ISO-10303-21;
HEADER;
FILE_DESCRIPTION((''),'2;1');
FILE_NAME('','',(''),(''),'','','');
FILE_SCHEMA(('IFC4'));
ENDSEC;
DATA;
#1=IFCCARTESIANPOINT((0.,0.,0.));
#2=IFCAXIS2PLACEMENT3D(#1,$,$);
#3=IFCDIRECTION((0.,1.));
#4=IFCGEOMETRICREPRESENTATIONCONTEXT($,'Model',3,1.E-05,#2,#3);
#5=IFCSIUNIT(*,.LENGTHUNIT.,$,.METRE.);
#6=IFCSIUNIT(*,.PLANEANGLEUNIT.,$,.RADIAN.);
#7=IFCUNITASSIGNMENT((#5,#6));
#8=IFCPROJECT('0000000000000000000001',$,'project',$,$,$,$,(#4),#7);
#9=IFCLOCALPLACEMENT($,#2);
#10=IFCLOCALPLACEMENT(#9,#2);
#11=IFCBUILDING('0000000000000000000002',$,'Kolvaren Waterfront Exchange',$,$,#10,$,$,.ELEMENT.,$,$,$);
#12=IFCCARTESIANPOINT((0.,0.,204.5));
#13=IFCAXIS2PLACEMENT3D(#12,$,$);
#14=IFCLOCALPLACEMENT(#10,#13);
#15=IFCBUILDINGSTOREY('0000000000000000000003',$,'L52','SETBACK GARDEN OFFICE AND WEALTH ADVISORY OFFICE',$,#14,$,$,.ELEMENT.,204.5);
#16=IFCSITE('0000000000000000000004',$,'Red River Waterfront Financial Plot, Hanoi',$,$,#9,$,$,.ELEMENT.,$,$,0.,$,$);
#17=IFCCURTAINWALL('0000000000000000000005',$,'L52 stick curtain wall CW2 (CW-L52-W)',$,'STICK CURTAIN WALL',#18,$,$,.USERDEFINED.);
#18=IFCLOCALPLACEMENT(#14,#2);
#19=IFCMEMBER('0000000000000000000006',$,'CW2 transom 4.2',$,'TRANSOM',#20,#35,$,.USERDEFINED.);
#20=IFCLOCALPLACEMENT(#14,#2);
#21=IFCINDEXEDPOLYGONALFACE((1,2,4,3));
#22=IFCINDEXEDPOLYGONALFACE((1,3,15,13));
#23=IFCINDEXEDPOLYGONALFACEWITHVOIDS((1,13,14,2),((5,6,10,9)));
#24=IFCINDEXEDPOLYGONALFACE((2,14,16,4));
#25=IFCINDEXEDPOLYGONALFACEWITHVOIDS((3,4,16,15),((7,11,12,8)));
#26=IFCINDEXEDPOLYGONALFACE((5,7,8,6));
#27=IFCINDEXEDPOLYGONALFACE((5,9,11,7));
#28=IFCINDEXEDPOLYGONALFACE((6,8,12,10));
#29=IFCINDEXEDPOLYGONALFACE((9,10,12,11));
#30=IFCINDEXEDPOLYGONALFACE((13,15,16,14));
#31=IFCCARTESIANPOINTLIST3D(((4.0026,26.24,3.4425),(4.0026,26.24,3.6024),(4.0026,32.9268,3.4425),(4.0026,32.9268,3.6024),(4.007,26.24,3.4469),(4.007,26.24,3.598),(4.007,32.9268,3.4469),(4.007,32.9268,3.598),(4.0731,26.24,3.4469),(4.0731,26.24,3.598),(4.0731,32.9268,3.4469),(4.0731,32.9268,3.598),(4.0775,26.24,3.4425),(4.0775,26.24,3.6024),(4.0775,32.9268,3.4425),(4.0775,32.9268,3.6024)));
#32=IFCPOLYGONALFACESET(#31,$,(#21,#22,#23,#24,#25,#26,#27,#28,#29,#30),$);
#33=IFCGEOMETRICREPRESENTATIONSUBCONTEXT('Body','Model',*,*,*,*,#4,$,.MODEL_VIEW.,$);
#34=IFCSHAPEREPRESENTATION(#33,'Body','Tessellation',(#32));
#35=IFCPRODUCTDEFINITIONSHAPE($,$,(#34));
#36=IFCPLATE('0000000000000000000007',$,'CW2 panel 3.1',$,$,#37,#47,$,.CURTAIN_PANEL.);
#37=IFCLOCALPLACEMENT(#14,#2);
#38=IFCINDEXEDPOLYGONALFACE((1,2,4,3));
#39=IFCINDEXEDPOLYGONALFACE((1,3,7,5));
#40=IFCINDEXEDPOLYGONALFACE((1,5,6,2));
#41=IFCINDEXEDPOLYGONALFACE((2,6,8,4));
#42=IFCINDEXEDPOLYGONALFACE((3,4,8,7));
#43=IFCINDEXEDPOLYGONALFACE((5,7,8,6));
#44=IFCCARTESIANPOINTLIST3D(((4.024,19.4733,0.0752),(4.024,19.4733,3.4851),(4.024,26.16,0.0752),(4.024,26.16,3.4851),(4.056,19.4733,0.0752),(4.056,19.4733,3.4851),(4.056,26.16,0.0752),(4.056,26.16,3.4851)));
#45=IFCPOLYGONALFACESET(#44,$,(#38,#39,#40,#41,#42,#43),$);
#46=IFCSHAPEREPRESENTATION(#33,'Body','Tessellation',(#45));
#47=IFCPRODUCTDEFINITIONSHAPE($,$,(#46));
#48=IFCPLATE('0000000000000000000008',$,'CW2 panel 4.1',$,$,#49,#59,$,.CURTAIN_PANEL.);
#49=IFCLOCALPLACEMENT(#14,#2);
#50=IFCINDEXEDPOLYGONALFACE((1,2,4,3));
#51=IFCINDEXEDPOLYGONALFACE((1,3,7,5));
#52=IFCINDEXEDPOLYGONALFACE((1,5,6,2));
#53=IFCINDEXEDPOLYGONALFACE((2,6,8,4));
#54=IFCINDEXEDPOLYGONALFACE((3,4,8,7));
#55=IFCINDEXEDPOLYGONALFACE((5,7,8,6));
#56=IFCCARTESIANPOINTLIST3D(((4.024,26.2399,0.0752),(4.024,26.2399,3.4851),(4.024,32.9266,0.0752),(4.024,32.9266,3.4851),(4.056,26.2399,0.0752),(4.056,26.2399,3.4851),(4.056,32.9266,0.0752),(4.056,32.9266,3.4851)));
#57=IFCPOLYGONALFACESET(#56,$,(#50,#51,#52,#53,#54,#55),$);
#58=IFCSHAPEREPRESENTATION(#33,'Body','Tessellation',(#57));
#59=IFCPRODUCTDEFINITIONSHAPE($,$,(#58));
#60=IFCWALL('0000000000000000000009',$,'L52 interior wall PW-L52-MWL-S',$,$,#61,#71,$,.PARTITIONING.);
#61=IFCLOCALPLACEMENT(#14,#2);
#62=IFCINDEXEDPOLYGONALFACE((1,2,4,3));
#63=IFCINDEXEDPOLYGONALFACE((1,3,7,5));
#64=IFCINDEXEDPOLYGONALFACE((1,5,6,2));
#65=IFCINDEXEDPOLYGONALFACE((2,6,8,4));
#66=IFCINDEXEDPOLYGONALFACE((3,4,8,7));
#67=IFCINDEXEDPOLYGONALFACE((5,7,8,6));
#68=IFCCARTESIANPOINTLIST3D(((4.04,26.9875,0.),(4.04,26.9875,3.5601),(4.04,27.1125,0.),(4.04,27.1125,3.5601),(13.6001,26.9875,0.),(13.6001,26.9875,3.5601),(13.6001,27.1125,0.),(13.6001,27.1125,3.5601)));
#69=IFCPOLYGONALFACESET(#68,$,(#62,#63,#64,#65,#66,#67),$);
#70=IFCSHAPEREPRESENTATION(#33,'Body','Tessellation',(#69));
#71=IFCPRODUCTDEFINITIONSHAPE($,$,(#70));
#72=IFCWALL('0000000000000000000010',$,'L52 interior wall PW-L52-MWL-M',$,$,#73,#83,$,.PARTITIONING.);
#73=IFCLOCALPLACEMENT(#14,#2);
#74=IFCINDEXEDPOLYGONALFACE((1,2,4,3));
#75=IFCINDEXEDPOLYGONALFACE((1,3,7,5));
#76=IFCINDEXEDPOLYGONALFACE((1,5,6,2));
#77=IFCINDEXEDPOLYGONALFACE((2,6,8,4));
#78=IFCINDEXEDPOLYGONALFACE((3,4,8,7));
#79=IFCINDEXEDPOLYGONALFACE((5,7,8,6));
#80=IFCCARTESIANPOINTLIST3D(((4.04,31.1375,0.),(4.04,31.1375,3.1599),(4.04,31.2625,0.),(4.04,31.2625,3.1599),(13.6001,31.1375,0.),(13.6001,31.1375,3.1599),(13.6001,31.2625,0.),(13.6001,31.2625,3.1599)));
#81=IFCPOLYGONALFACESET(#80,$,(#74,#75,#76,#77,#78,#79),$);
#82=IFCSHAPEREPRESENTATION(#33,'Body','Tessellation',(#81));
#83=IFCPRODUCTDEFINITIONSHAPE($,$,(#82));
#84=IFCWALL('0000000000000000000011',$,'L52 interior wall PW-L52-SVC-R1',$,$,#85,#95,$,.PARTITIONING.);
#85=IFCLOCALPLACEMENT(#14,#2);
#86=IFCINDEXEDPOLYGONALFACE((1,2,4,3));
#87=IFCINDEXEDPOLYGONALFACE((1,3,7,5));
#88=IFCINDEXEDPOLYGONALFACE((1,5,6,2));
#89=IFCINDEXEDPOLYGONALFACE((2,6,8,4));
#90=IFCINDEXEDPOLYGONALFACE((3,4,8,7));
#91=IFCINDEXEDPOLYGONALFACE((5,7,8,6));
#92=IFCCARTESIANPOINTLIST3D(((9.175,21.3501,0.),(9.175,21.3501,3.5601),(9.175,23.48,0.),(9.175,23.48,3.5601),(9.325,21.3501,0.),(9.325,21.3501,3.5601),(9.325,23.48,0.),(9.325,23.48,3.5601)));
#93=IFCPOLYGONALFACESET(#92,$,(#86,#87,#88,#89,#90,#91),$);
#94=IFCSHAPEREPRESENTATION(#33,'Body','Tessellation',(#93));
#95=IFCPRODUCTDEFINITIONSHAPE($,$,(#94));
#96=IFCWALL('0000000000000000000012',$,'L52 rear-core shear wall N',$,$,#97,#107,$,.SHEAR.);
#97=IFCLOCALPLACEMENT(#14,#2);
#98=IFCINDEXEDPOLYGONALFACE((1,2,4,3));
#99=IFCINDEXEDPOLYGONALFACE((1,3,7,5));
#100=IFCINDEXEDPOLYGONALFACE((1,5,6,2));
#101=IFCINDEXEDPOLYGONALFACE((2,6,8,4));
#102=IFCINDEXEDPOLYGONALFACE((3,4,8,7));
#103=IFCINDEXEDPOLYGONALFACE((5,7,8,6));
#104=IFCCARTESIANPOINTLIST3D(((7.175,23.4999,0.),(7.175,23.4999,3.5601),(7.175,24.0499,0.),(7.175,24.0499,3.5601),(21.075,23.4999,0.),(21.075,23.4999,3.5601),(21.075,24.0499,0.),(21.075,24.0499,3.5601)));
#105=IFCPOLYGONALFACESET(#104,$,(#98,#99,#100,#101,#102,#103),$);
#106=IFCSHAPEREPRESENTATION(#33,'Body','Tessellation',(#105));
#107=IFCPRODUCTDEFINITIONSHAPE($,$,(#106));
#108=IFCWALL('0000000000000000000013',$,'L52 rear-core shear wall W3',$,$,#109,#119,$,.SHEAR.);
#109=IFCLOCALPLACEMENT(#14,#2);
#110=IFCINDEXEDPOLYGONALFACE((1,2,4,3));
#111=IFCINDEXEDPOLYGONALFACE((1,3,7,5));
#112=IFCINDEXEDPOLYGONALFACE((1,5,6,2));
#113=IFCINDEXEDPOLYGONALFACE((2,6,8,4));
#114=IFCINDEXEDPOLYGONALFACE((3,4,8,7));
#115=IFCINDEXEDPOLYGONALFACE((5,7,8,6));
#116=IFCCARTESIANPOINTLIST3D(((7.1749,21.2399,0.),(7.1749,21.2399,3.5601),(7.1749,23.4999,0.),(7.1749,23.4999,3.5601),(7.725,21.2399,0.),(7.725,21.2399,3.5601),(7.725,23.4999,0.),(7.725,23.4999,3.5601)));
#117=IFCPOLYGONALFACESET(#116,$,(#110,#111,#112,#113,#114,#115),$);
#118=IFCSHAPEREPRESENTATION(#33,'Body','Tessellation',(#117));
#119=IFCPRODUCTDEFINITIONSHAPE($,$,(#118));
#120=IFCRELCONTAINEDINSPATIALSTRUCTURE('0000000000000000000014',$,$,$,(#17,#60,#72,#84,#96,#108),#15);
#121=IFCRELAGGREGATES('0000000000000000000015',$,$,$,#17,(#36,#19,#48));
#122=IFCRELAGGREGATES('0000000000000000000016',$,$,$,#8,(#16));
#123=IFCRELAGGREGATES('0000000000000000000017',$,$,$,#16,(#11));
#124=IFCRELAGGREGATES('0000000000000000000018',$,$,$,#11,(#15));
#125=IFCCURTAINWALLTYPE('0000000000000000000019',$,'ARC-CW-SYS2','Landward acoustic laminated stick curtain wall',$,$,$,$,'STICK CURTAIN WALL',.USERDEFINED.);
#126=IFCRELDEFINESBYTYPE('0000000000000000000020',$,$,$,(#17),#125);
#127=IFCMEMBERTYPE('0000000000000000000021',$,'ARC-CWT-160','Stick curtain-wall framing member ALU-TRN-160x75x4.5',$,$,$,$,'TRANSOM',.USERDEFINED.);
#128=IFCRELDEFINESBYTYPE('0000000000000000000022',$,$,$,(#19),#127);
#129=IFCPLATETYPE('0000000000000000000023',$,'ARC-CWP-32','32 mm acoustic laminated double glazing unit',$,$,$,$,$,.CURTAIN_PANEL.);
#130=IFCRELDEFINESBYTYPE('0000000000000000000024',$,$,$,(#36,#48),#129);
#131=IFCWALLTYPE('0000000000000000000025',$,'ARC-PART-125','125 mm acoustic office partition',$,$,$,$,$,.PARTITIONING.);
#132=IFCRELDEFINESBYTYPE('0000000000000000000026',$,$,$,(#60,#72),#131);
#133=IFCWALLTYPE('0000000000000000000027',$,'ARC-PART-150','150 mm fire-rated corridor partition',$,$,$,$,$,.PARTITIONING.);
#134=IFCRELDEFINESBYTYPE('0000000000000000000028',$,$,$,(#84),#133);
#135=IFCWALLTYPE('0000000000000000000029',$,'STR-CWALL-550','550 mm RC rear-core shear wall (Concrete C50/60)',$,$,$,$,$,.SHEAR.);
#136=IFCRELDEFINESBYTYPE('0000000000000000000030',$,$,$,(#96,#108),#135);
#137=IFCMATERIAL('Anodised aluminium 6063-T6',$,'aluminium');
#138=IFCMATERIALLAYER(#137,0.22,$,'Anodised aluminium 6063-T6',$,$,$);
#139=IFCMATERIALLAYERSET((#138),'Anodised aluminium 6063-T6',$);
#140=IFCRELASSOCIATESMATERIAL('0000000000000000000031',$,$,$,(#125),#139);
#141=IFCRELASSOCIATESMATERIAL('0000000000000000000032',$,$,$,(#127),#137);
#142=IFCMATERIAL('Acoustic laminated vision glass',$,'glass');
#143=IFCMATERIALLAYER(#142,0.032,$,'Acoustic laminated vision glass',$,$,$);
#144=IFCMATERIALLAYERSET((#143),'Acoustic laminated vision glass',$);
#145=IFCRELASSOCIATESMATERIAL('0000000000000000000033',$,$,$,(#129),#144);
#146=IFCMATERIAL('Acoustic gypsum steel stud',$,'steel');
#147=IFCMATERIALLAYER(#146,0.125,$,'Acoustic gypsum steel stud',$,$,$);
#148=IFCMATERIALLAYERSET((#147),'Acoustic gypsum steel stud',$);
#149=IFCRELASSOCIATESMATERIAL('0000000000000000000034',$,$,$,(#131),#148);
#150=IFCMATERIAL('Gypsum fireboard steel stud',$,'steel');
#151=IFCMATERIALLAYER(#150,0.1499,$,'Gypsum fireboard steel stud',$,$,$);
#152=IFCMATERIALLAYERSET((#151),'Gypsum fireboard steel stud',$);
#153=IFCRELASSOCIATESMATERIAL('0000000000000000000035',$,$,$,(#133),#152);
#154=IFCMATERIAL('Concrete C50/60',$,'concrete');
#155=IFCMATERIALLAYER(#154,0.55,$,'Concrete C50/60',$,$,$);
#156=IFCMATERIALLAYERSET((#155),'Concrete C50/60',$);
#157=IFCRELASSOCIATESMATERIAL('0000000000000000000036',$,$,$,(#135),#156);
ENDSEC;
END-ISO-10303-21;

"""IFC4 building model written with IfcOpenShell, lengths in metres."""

from ifc_helpers import new_model, si_unit, direction, frame, frame_2d, origin, origin_with_axes, origin_2d, place, context, subcontext, project, spatial, rectangle, hollow_rectangle, extrude, source, transform, mapped, material, layer, layer_set, material_profile, profile_set, type_object, element, aggregate, save


model = new_model("IFC4")

# Units and contexts
model_context = context("Model", 3, precision=1e-05, world=origin(), true_north=direction((0.0, 1.0)))
body_context = subcontext(model_context, "Body", "Model", "MODEL_VIEW")
ifc_project = project(units=[si_unit("LENGTHUNIT", "METRE"), si_unit("PLANEANGLEUNIT", "RADIAN")], contexts=[model_context])

# Site, building, storey
site_placement = place(None, origin())
site = spatial("IfcSite", under=ifc_project, at=site_placement, Name="Red River Waterfront Financial Plot, Hanoi", CompositionType="ELEMENT", RefElevation=0.0)
building_placement = place(site_placement, origin())
building = spatial("IfcBuilding", under=site, at=building_placement, Name="Kolvaren Waterfront Exchange", CompositionType="ELEMENT")
storey_placement = place(building_placement, frame((0.0, 0.0, 204.5)))
storey = spatial("IfcBuildingStorey", under=building, at=storey_placement, Name="L52", Description="SETBACK GARDEN OFFICE AND WEALTH ADVISORY OFFICE", CompositionType="ELEMENT", Elevation=204.5)

# Shared definitions
ifc_material_1 = material(Name="Concrete C50/60", Category="concrete")

# Curtain wall, member, plates
ifc_material_2 = material(Name="Anodised aluminium 6063-T6", Category="aluminium")
ifc_layer_1 = layer(ifc_material_2, 0.22, Name="Anodised aluminium 6063-T6")
ifc_layer_set_1 = layer_set([ifc_layer_1], Name="Anodised aluminium 6063-T6")
curtain_wall_type = type_object("IfcCurtainWallType", Name="ARC-CW-SYS2", Description="Landward acoustic laminated stick curtain wall", ElementType="STICK CURTAIN WALL", PredefinedType="USERDEFINED", material=ifc_layer_set_1)
curtain_wall_placement = place(storey_placement, origin())
curtain_wall = element("IfcCurtainWall", 1, at=curtain_wall_placement, inside=storey, type_object=curtain_wall_type, Name="L52 stick curtain wall CW2 (CW-L52-W)", ObjectType="STICK CURTAIN WALL", PredefinedType="USERDEFINED")
ifc_material_profile_1 = material_profile(ifc_material_2, hollow_rectangle(XDim=0.075, YDim=0.1599, WallThickness=0.0044, at=origin_2d()), Name="ALU-TRN-160x75x4.5")
ifc_profile_set_1 = profile_set([ifc_material_profile_1], Name="Anodised aluminium 6063-T6")
member_type_1 = type_object("IfcMemberType", Name="ARC-CWT-160", Description="Stick curtain-wall framing member ALU-TRN-160x75x4.5", ElementType="TRANSOM", PredefinedType="USERDEFINED", material=ifc_profile_set_1)
shared_shape_1 = source(origin_with_axes(), body_context, "Body", "SweptSolid", [
    extrude(hollow_rectangle(XDim=0.075, YDim=0.1599, WallThickness=0.0044, at=origin_2d()), origin(), (0.0, 0.0, 1.0), 6.6868),
])
member_1_placement = place(storey_placement, frame((4.04, 26.24, 3.5225), z_axis=(0.0, 1.0, 0.0), x_axis=(-1.0, 0.0, 0.0)))
member_1 = element("IfcMember", 2, at=member_1_placement, type_object=member_type_1, Name="CW2 transom 4.2", ObjectType="TRANSOM", PredefinedType="USERDEFINED", context=body_context, shape_type="MappedRepresentation", body=[
    mapped(shared_shape_1, transform((0.0, 0.0, 0.0), x_axis=(1.0, 0.0, 0.0), y_axis=(0.0, 1.0, 0.0), z_axis=(0.0, 0.0, 1.0), scale=1.0)),
])
ifc_material_3 = material(Name="Acoustic laminated vision glass", Category="glass")
ifc_layer_2 = layer(ifc_material_3, 0.032, Name="Acoustic laminated vision glass")
ifc_layer_set_2 = layer_set([ifc_layer_2], Name="Acoustic laminated vision glass")
plate_type = type_object("IfcPlateType", Name="ARC-CWP-32", Description="32 mm acoustic laminated double glazing unit", PredefinedType="CURTAIN_PANEL", material=ifc_layer_set_2)
shared_shape_2 = source(origin_with_axes(), body_context, "Body", "SweptSolid", [
    extrude(rectangle(XDim=6.6868, YDim=0.032, at=origin_2d()), origin(), (0.0, 0.0, 1.0), 3.4099),
])
plate_1_placement = place(storey_placement, frame((4.04, 22.8167, 0.0752), z_axis=(0.0, 0.0, 1.0), x_axis=(0.0, 1.0, 0.0)))
plate_1 = element("IfcPlate", 3, at=plate_1_placement, type_object=plate_type, Name="CW2 panel 3.1", PredefinedType="CURTAIN_PANEL", context=body_context, shape_type="MappedRepresentation", body=[
    mapped(shared_shape_2, transform((0.0, 0.0, 0.0), x_axis=(1.0, 0.0, 0.0), y_axis=(0.0, 1.0, 0.0), z_axis=(0.0, 0.0, 1.0), scale=1.0)),
])
plate_2_placement = place(storey_placement, frame((4.04, 29.5833, 0.0752), z_axis=(0.0, 0.0, 1.0), x_axis=(0.0, 1.0, 0.0)))
plate_2 = element("IfcPlate", 4, at=plate_2_placement, type_object=plate_type, Name="CW2 panel 4.1", PredefinedType="CURTAIN_PANEL", context=body_context, shape_type="MappedRepresentation", body=[
    mapped(shared_shape_2, transform((0.0, 0.0, 0.0), x_axis=(1.0, 0.0, 0.0), y_axis=(0.0, 1.0, 0.0), z_axis=(0.0, 0.0, 1.0), scale=1.0)),
])
aggregate(curtain_wall, [plate_1, member_1, plate_2])

# Walls
ifc_material_4 = material(Name="Acoustic gypsum steel stud", Category="steel")
ifc_layer_3 = layer(ifc_material_4, 0.125, Name="Acoustic gypsum steel stud")
ifc_layer_set_3 = layer_set([ifc_layer_3], Name="Acoustic gypsum steel stud")
wall_type_1 = type_object("IfcWallType", Name="ARC-PART-125", Description="125 mm acoustic office partition", PredefinedType="PARTITIONING", material=ifc_layer_set_3)
wall_1_placement = place(storey_placement, frame((4.04, 27.05, 0.0), z_axis=(0.0, 0.0, 1.0), x_axis=(1.0, 0.0, 0.0)))
element("IfcWall", 5, at=wall_1_placement, inside=storey, type_object=wall_type_1, Name="L52 interior wall PW-L52-MWL-S", PredefinedType="PARTITIONING", context=body_context, shape_type="SweptSolid", body=[
    extrude(rectangle(XDim=9.5601, YDim=0.125, at=frame_2d((4.78, 0.0))), origin(), (0.0, 0.0, 1.0), 3.5601),
])
wall_2_placement = place(storey_placement, frame((4.04, 31.2, 0.0), z_axis=(0.0, 0.0, 1.0), x_axis=(1.0, 0.0, 0.0)))
element("IfcWall", 6, at=wall_2_placement, inside=storey, type_object=wall_type_1, Name="L52 interior wall PW-L52-MWL-M", PredefinedType="PARTITIONING", context=body_context, shape_type="SweptSolid", body=[
    extrude(rectangle(XDim=9.5601, YDim=0.125, at=frame_2d((4.78, 0.0))), origin(), (0.0, 0.0, 1.0), 3.1599),
])
ifc_material_5 = material(Name="Gypsum fireboard steel stud", Category="steel")
ifc_layer_4 = layer(ifc_material_5, 0.1499, Name="Gypsum fireboard steel stud")
ifc_layer_set_4 = layer_set([ifc_layer_4], Name="Gypsum fireboard steel stud")
wall_type_2 = type_object("IfcWallType", Name="ARC-PART-150", Description="150 mm fire-rated corridor partition", PredefinedType="PARTITIONING", material=ifc_layer_set_4)
wall_3_placement = place(storey_placement, frame((9.25, 21.3501, 0.0), z_axis=(0.0, 0.0, 1.0), x_axis=(0.0, 1.0, 0.0)))
element("IfcWall", 7, at=wall_3_placement, inside=storey, type_object=wall_type_2, Name="L52 interior wall PW-L52-SVC-R1", PredefinedType="PARTITIONING", context=body_context, shape_type="SweptSolid", body=[
    extrude(rectangle(XDim=2.1299, YDim=0.1499, at=frame_2d((1.0649, 0.0))), origin(), (0.0, 0.0, 1.0), 3.5601),
])

# Walls
ifc_layer_5 = layer(ifc_material_1, 0.55, Name="Concrete C50/60")
ifc_layer_set_5 = layer_set([ifc_layer_5], Name="Concrete C50/60")
wall_type_3 = type_object("IfcWallType", Name="STR-CWALL-550", Description="550 mm RC rear-core shear wall (Concrete C50/60)", PredefinedType="SHEAR", material=ifc_layer_set_5)
wall_4_placement = place(storey_placement, frame((7.175, 23.7749, 0.0), z_axis=(0.0, 0.0, 1.0), x_axis=(1.0, 0.0, 0.0)))
element("IfcWall", 8, at=wall_4_placement, inside=storey, type_object=wall_type_3, Name="L52 rear-core shear wall N", PredefinedType="SHEAR", context=body_context, shape_type="SweptSolid", body=[
    extrude(rectangle(XDim=13.8999, YDim=0.55, at=frame_2d((6.95, 0.0))), origin(), (0.0, 0.0, 1.0), 3.5601),
])
wall_5_placement = place(storey_placement, frame((7.45, 21.24, 0.0), z_axis=(0.0, 0.0, 1.0), x_axis=(0.0, 1.0, 0.0)))
element("IfcWall", 9, at=wall_5_placement, inside=storey, type_object=wall_type_3, Name="L52 rear-core shear wall W3", PredefinedType="SHEAR", context=body_context, shape_type="SweptSolid", body=[
    extrude(rectangle(XDim=2.26, YDim=0.55, at=frame_2d((1.1299, 0.0))), origin(), (0.0, 0.0, 1.0), 3.5601),
])

save(model, "model.ifc")
